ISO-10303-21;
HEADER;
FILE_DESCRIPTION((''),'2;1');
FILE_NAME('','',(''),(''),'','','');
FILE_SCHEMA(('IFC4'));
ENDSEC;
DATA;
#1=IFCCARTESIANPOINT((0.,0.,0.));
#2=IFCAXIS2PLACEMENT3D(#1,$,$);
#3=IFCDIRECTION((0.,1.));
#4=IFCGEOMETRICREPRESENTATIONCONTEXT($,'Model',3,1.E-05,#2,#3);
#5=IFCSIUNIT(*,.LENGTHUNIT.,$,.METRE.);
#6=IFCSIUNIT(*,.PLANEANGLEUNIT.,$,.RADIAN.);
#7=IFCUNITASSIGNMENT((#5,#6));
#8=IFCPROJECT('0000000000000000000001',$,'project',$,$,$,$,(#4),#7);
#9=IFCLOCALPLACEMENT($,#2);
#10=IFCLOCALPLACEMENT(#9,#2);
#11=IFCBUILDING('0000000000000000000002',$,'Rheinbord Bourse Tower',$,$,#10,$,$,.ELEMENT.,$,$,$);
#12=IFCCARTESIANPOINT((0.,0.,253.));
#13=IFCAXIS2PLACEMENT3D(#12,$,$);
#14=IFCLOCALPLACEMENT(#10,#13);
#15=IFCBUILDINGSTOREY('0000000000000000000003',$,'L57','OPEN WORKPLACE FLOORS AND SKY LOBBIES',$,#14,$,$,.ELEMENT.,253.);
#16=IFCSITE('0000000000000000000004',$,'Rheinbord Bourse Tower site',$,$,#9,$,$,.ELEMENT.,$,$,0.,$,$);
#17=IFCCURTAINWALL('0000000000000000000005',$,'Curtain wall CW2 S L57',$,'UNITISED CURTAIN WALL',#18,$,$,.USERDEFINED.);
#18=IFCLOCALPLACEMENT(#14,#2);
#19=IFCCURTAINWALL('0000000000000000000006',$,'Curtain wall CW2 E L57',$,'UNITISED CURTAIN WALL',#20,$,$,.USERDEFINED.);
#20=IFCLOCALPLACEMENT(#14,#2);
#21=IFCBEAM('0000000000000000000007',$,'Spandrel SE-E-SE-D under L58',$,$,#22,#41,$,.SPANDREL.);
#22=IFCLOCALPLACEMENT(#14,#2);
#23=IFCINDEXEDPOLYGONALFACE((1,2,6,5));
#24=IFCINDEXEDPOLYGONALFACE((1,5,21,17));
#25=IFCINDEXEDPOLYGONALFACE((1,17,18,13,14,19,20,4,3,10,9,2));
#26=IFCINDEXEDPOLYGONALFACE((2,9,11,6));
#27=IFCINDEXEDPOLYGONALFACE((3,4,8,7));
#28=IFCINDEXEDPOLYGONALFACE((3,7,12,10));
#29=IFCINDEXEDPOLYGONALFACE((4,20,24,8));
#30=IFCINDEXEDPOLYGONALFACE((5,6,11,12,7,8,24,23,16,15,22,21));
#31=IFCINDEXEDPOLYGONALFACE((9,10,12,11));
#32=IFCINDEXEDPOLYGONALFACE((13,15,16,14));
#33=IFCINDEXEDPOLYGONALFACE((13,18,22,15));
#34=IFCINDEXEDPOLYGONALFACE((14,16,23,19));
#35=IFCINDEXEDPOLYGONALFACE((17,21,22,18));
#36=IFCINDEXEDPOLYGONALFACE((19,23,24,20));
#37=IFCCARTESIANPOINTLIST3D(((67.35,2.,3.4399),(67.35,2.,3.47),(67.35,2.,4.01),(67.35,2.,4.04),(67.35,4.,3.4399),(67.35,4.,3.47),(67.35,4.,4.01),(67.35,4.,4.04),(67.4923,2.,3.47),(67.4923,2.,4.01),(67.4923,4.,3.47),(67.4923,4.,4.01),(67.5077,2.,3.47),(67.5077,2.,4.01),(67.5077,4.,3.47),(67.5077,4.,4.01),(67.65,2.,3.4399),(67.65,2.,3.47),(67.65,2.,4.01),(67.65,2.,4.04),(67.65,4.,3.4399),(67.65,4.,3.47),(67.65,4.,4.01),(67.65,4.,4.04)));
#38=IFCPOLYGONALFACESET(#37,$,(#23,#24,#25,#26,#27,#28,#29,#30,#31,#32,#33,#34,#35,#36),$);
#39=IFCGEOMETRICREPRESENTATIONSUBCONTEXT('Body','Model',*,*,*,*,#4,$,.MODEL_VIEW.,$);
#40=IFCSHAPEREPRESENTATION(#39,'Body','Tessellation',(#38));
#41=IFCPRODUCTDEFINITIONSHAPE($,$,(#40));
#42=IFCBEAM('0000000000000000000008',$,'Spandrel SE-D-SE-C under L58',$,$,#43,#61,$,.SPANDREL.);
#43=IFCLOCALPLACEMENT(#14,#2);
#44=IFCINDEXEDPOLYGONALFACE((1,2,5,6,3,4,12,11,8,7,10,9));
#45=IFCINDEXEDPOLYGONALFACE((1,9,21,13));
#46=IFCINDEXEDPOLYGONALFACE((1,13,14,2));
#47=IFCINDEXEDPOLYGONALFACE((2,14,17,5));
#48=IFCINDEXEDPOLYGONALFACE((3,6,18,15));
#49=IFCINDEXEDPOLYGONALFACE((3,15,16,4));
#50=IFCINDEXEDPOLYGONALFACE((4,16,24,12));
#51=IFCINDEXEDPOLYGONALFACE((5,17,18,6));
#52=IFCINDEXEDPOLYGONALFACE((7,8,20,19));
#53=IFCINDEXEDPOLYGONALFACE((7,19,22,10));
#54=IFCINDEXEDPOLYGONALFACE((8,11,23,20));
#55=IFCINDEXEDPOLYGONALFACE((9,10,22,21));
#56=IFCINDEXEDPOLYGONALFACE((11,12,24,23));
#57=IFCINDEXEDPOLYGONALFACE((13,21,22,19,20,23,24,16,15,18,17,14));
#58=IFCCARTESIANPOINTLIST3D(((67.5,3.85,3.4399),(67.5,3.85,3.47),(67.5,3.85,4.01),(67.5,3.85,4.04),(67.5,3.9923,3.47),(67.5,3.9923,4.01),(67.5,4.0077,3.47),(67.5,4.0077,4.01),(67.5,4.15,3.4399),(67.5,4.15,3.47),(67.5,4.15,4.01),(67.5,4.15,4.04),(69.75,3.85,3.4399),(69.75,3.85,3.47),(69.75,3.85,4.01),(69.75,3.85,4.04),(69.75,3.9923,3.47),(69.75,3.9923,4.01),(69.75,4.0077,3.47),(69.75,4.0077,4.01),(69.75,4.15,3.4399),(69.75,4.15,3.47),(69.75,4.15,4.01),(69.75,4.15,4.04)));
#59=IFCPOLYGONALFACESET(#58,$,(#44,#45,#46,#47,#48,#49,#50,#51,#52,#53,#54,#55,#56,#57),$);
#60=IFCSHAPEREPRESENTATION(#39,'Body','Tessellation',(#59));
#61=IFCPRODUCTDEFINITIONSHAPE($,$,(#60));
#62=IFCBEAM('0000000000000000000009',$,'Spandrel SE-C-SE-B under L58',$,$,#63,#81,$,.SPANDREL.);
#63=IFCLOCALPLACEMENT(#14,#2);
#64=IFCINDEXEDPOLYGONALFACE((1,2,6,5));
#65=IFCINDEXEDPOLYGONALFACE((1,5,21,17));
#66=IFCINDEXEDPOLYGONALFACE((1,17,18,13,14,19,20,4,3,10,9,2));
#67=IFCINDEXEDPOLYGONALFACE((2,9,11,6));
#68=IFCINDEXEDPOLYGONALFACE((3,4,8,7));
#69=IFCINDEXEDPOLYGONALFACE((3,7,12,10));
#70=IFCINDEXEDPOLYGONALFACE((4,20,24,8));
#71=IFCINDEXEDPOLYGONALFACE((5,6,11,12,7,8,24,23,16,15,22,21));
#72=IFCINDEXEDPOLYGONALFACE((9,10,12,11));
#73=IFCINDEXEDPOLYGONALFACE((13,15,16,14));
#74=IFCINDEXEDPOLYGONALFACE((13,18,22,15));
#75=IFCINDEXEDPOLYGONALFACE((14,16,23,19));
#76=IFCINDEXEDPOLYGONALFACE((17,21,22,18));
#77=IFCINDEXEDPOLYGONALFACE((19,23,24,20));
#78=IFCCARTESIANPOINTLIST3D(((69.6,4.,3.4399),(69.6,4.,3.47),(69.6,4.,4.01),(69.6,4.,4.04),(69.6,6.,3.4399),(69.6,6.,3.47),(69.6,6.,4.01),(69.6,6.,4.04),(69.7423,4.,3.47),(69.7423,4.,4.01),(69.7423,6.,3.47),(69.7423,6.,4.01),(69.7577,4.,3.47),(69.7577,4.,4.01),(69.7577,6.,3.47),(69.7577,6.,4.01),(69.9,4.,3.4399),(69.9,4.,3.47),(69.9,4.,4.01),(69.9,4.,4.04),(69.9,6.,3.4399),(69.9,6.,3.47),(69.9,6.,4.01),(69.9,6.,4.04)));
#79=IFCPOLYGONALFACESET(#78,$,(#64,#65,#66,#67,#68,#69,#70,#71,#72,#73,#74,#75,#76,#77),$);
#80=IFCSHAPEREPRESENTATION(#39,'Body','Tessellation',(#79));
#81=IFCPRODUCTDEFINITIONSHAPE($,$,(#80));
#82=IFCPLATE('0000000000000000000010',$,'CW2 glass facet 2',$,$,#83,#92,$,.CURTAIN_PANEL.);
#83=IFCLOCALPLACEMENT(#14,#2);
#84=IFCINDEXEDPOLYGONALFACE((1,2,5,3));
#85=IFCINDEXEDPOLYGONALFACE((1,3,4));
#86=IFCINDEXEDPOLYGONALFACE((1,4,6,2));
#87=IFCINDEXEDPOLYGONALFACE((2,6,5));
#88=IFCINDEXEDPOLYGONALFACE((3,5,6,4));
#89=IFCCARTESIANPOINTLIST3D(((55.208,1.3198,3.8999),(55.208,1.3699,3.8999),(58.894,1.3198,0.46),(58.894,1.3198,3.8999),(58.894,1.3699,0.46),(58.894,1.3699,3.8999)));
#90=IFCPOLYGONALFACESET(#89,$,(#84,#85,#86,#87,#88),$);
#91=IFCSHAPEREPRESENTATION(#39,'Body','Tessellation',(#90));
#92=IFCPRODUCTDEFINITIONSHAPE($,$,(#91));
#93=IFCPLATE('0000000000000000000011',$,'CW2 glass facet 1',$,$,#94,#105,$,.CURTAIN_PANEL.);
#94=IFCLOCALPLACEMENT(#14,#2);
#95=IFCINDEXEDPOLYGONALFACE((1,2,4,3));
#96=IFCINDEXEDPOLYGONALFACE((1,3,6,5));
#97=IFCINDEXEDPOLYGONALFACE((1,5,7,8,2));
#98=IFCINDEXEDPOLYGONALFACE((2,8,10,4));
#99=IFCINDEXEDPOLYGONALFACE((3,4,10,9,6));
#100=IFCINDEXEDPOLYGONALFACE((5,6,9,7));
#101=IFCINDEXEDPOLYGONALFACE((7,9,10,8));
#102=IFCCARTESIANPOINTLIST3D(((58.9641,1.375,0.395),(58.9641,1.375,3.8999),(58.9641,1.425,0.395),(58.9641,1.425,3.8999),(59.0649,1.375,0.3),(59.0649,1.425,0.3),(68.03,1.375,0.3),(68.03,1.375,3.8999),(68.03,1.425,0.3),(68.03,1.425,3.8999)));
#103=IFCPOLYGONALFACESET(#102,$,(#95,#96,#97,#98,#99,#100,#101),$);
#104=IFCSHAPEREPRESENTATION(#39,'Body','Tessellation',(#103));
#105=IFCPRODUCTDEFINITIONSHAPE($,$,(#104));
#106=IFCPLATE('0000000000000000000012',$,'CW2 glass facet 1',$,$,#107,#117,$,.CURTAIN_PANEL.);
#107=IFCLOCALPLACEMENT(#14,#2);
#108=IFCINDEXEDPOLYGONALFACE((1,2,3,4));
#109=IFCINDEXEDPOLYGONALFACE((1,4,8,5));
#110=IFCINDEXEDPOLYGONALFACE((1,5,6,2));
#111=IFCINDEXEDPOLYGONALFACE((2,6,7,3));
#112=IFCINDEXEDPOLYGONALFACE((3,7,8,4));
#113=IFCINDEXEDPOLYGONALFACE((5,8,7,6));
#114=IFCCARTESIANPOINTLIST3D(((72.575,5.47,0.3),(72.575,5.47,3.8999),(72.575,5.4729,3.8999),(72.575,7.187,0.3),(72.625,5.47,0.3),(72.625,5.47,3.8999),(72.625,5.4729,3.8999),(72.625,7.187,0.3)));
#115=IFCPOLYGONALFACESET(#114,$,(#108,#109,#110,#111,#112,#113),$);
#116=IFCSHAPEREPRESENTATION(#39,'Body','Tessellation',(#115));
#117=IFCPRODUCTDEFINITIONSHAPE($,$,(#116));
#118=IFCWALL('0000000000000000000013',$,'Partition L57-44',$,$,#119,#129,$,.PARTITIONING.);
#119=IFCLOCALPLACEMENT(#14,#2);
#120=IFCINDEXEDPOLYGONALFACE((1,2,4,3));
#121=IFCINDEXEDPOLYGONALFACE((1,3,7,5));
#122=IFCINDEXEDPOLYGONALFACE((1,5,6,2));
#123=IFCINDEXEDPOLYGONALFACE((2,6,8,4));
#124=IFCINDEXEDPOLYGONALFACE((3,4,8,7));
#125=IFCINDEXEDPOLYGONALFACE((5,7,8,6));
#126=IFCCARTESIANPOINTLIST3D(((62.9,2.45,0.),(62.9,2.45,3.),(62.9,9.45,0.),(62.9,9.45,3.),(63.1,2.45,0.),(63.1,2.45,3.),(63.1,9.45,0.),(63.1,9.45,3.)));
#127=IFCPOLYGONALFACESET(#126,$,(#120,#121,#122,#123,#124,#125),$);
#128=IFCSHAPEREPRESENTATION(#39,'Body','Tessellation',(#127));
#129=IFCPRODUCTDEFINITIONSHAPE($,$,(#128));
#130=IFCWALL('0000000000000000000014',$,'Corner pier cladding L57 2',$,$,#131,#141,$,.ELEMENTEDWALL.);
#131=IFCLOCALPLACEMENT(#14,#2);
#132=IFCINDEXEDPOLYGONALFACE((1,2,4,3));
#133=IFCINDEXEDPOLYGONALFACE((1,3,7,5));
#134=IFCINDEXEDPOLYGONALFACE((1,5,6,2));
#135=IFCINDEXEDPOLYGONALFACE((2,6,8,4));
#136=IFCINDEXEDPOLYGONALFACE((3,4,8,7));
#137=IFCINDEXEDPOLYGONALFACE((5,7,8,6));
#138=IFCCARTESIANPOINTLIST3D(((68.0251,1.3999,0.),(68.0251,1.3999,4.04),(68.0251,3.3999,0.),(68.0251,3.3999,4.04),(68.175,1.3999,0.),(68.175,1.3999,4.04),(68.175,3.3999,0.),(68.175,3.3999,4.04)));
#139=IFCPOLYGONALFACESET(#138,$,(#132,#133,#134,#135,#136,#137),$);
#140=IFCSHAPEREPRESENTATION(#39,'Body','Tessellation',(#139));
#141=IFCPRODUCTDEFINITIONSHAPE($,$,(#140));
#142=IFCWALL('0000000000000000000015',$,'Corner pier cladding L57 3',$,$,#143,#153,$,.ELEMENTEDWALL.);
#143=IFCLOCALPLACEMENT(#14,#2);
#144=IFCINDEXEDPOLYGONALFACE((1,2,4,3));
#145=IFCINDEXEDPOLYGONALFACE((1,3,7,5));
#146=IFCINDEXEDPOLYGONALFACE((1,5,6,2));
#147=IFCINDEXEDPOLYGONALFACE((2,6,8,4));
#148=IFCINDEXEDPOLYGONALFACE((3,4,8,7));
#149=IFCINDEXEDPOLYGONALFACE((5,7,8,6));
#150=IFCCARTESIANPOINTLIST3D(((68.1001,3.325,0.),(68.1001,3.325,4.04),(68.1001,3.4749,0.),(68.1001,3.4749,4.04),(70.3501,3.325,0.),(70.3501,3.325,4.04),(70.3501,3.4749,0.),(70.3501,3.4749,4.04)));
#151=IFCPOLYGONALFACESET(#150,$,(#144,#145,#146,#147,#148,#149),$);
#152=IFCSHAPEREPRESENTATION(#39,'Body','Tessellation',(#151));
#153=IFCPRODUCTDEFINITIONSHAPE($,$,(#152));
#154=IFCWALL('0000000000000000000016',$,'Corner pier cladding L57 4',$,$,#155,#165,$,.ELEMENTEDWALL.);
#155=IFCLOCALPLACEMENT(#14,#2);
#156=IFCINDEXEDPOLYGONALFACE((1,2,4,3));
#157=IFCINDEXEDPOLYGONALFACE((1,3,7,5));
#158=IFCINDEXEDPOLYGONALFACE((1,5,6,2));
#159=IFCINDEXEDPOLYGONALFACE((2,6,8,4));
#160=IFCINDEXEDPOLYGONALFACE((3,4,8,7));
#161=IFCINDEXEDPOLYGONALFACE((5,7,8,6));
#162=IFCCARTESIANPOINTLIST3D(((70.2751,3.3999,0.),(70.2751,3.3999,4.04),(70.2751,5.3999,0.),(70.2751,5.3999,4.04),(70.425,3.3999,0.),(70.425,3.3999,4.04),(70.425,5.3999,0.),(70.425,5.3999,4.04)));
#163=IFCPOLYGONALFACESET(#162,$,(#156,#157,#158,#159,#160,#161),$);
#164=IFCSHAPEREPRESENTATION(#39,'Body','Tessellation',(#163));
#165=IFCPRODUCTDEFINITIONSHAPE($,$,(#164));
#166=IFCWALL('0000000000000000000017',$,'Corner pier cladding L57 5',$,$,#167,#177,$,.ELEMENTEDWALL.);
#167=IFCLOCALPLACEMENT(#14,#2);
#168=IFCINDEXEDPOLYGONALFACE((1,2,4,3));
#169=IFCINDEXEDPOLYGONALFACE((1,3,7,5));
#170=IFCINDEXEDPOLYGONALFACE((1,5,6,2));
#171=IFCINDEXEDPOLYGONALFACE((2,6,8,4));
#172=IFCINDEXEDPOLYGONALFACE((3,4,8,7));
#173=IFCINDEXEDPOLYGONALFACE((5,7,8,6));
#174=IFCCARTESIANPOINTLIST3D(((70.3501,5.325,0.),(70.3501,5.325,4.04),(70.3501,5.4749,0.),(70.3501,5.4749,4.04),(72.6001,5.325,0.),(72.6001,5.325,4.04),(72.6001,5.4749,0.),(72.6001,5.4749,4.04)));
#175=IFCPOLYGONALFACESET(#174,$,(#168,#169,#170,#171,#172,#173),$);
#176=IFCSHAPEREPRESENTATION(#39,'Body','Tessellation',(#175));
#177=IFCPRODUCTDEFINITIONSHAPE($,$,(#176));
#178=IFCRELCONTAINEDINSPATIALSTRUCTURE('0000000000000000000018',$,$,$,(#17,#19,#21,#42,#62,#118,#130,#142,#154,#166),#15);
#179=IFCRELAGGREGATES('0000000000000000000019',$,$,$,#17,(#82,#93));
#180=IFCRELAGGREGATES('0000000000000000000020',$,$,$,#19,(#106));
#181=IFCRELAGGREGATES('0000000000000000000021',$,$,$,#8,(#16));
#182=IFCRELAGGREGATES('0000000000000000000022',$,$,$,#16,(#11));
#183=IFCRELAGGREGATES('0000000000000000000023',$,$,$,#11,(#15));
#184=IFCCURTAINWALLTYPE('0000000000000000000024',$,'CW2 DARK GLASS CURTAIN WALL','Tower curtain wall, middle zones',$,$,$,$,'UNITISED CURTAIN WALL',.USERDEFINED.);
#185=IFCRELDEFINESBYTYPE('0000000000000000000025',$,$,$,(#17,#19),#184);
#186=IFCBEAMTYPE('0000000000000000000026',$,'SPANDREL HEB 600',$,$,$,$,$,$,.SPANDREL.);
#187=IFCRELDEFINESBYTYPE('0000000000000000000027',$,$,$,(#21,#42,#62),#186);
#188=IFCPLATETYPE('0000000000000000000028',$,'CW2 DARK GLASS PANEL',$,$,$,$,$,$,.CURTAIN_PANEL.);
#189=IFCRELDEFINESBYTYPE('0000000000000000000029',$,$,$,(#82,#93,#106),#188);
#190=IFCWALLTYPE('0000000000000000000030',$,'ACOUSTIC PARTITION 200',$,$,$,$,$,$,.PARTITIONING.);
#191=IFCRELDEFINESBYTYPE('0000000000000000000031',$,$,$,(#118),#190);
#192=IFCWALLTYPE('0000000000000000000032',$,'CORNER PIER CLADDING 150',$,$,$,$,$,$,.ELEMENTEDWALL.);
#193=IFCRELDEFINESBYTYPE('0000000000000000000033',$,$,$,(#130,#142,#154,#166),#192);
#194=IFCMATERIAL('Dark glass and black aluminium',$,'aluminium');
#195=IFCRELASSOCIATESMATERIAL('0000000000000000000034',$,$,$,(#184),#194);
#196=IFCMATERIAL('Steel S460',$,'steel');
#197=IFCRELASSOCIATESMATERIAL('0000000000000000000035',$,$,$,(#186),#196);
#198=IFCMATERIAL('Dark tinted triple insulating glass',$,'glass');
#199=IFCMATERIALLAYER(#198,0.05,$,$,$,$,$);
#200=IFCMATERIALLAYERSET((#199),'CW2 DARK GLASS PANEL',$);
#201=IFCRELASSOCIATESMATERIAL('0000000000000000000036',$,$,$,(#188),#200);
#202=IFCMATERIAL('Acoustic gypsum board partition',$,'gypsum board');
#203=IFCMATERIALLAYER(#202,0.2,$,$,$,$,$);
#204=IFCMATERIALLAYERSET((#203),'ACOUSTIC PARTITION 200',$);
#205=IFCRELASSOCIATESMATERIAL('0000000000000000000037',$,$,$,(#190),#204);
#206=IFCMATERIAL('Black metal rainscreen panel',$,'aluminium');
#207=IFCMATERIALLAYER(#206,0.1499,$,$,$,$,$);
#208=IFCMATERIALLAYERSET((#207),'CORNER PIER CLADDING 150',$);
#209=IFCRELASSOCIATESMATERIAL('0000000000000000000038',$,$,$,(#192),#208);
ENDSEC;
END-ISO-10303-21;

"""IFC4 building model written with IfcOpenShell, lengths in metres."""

from ifc_helpers import new_model, si_unit, direction, frame, frame_2d, origin, origin_2d, place, context, subcontext, project, spatial, polyline, rectangle, i_section, outline, extrude, material, layer, layer_set, material_profile, profile_set, type_object, element, aggregate, save


model = new_model("IFC4")

# Units and contexts
model_context = context("Model", 3, precision=1e-05, world=origin(), true_north=direction((0.0, 1.0)))
body_context = subcontext(model_context, "Body", "Model", "MODEL_VIEW")
ifc_project = project(units=[si_unit("LENGTHUNIT", "METRE"), si_unit("PLANEANGLEUNIT", "RADIAN")], contexts=[model_context])

# Site, building, storey
site_placement = place(None, origin())
site = spatial("IfcSite", under=ifc_project, at=site_placement, Name="Rheinbord Bourse Tower site", CompositionType="ELEMENT", RefElevation=0.0)
building_placement = place(site_placement, origin())
building = spatial("IfcBuilding", under=site, at=building_placement, Name="Rheinbord Bourse Tower", CompositionType="ELEMENT")
storey_placement = place(building_placement, frame((0.0, 0.0, 253.0)))
storey = spatial("IfcBuildingStorey", under=building, at=storey_placement, Name="L57", Description="OPEN WORKPLACE FLOORS AND SKY LOBBIES", CompositionType="ELEMENT", Elevation=253.0)

# Curtain wall
ifc_material_1 = material(Name="Dark glass and black aluminium", Category="aluminium")
curtain_wall_type = type_object("IfcCurtainWallType", Name="CW2 DARK GLASS CURTAIN WALL", Description="Tower curtain wall, middle zones", ElementType="UNITISED CURTAIN WALL", PredefinedType="USERDEFINED", material=ifc_material_1)
curtain_wall_1_placement = place(storey_placement, origin())
curtain_wall_1 = element("IfcCurtainWall", 1, at=curtain_wall_1_placement, inside=storey, type_object=curtain_wall_type, Name="Curtain wall CW2 S L57", ObjectType="UNITISED CURTAIN WALL", PredefinedType="USERDEFINED")

# Curtain wall
curtain_wall_2_placement = place(storey_placement, origin())
curtain_wall_2 = element("IfcCurtainWall", 2, at=curtain_wall_2_placement, inside=storey, type_object=curtain_wall_type, Name="Curtain wall CW2 E L57", ObjectType="UNITISED CURTAIN WALL", PredefinedType="USERDEFINED")

# Beams
ifc_material_2 = material(Name="Steel S460", Category="steel")
ifc_material_profile_1 = material_profile(ifc_material_2, i_section(OverallWidth=0.3, OverallDepth=0.6001, WebThickness=0.0154, FlangeThickness=0.03, at=origin_2d()), Name="HEB 600")
ifc_profile_set_1 = profile_set([ifc_material_profile_1], Name="Steel S460")
beam_type_1 = type_object("IfcBeamType", Name="SPANDREL HEB 600", PredefinedType="SPANDREL", material=ifc_profile_set_1)
beam_1_placement = place(storey_placement, frame((67.5, 2.0, 3.74), z_axis=(0.0, 1.0, 0.0), x_axis=(-1.0, 0.0, 0.0)))
element("IfcBeam", 3, at=beam_1_placement, inside=storey, type_object=beam_type_1, Name="Spandrel SE-E-SE-D under L58", PredefinedType="SPANDREL", context=body_context, shape_type="SweptSolid", body=[
    extrude(i_section(OverallWidth=0.3, OverallDepth=0.6001, WebThickness=0.0154, FlangeThickness=0.03, at=origin_2d()), origin(), (0.0, 0.0, 1.0), 2.0),
])
beam_2_placement = place(storey_placement, frame((67.5, 4.0, 3.74), z_axis=(1.0, 0.0, 0.0), x_axis=(0.0, 1.0, 0.0)))
element("IfcBeam", 4, at=beam_2_placement, inside=storey, type_object=beam_type_1, Name="Spandrel SE-D-SE-C under L58", PredefinedType="SPANDREL", context=body_context, shape_type="SweptSolid", body=[
    extrude(i_section(OverallWidth=0.3, OverallDepth=0.6001, WebThickness=0.0154, FlangeThickness=0.03, at=origin_2d()), origin(), (0.0, 0.0, 1.0), 2.25),
])
beam_3_placement = place(storey_placement, frame((69.75, 4.0, 3.74), z_axis=(0.0, 1.0, 0.0), x_axis=(-1.0, 0.0, 0.0)))
element("IfcBeam", 5, at=beam_3_placement, inside=storey, type_object=beam_type_1, Name="Spandrel SE-C-SE-B under L58", PredefinedType="SPANDREL", context=body_context, shape_type="SweptSolid", body=[
    extrude(i_section(OverallWidth=0.3, OverallDepth=0.6001, WebThickness=0.0154, FlangeThickness=0.03, at=origin_2d()), origin(), (0.0, 0.0, 1.0), 2.0),
])

# Plates
ifc_material_3 = material(Name="Dark tinted triple insulating glass", Category="glass")
ifc_layer_1 = layer(ifc_material_3, 0.05)
ifc_layer_set_1 = layer_set([ifc_layer_1], Name="CW2 DARK GLASS PANEL")
plate_type = type_object("IfcPlateType", Name="CW2 DARK GLASS PANEL", PredefinedType="CURTAIN_PANEL", material=ifc_layer_set_1)
plate_1_placement = place(storey_placement, frame((58.894, 1.3198, 3.8999), z_axis=(0.0, 1.0, 0.0), x_axis=(0.0, 0.0, -1.0)))
plate_1 = element("IfcPlate", 6, at=plate_1_placement, type_object=plate_type, Name="CW2 glass facet 2", PredefinedType="CURTAIN_PANEL", context=body_context, shape_type="SweptSolid", body=[
    extrude(outline(polyline([(0.0, 0.0), (3.4399, 0.0), (0.0, 3.686), (0.0, 0.0)])), origin(), (0.0, 0.0, 1.0), 0.05),
])
plate_2_placement = place(storey_placement, frame((58.9641, 1.375, 3.8999), z_axis=(0.0, 1.0, 0.0), x_axis=(1.0, 0.0, 0.0)))
plate_2 = element("IfcPlate", 7, at=plate_2_placement, type_object=plate_type, Name="CW2 glass facet 1", PredefinedType="CURTAIN_PANEL", context=body_context, shape_type="SweptSolid", body=[
    extrude(outline(polyline([(0.0, 0.0), (9.0659, 0.0), (9.0659, 3.5999), (0.1008, 3.5999), (0.0, 3.5049), (0.0, 0.0)])), origin(), (0.0, 0.0, 1.0), 0.05),
])
aggregate(curtain_wall_1, [plate_1, plate_2])
plate_3_placement = place(storey_placement, frame((72.625, 5.47, 0.3), z_axis=(-1.0, 0.0, 0.0), x_axis=(0.0, 0.0, 1.0)))
plate_3 = element("IfcPlate", 8, at=plate_3_placement, type_object=plate_type, Name="CW2 glass facet 1", PredefinedType="CURTAIN_PANEL", context=body_context, shape_type="SweptSolid", body=[
    extrude(outline(polyline([(0.0, 0.0), (3.5999, 0.0), (3.5999, 0.0029), (0.0, 1.717), (0.0, 0.0)])), origin(), (0.0, 0.0, 1.0), 0.05),
])
aggregate(curtain_wall_2, [plate_3])

# Walls
ifc_material_4 = material(Name="Acoustic gypsum board partition", Category="gypsum board")
ifc_layer_2 = layer(ifc_material_4, 0.2)
ifc_layer_set_2 = layer_set([ifc_layer_2], Name="ACOUSTIC PARTITION 200")
wall_type_1 = type_object("IfcWallType", Name="ACOUSTIC PARTITION 200", PredefinedType="PARTITIONING", material=ifc_layer_set_2)
wall_1_placement = place(storey_placement, frame((63.0, 2.45, 0.0), z_axis=(0.0, 0.0, 1.0), x_axis=(0.0, 1.0, 0.0)))
element("IfcWall", 9, at=wall_1_placement, inside=storey, type_object=wall_type_1, Name="Partition L57-44", PredefinedType="PARTITIONING", context=body_context, shape_type="SweptSolid", body=[
    extrude(rectangle(XDim=7.0, YDim=0.2, at=frame_2d((3.5, 0.0))), origin(), (0.0, 0.0, 1.0), 3.0),
])
ifc_material_5 = material(Name="Black metal rainscreen panel", Category="aluminium")
ifc_layer_3 = layer(ifc_material_5, 0.1499)
ifc_layer_set_3 = layer_set([ifc_layer_3], Name="CORNER PIER CLADDING 150")
wall_type_2 = type_object("IfcWallType", Name="CORNER PIER CLADDING 150", PredefinedType="ELEMENTEDWALL", material=ifc_layer_set_3)
wall_2_placement = place(storey_placement, frame((68.1001, 1.3999, 0.0), z_axis=(0.0, 0.0, 1.0), x_axis=(0.0, 1.0, 0.0)))
element("IfcWall", 10, at=wall_2_placement, inside=storey, type_object=wall_type_2, Name="Corner pier cladding L57 2", PredefinedType="ELEMENTEDWALL", context=body_context, shape_type="SweptSolid", body=[
    extrude(rectangle(XDim=2.0, YDim=0.1499, at=frame_2d((1.0, 0.0))), origin(), (0.0, 0.0, 1.0), 4.04),
])
wall_3_placement = place(storey_placement, frame((68.1001, 3.3999, 0.0), z_axis=(0.0, 0.0, 1.0), x_axis=(1.0, 0.0, 0.0)))
element("IfcWall", 11, at=wall_3_placement, inside=storey, type_object=wall_type_2, Name="Corner pier cladding L57 3", PredefinedType="ELEMENTEDWALL", context=body_context, shape_type="SweptSolid", body=[
    extrude(rectangle(XDim=2.25, YDim=0.1499, at=frame_2d((1.125, 0.0))), origin(), (0.0, 0.0, 1.0), 4.04),
])
wall_4_placement = place(storey_placement, frame((70.3501, 3.3999, 0.0), z_axis=(0.0, 0.0, 1.0), x_axis=(0.0, 1.0, 0.0)))
element("IfcWall", 12, at=wall_4_placement, inside=storey, type_object=wall_type_2, Name="Corner pier cladding L57 4", PredefinedType="ELEMENTEDWALL", context=body_context, shape_type="SweptSolid", body=[
    extrude(rectangle(XDim=2.0, YDim=0.1499, at=frame_2d((1.0, 0.0))), origin(), (0.0, 0.0, 1.0), 4.04),
])
wall_5_placement = place(storey_placement, frame((70.3501, 5.3999, 0.0), z_axis=(0.0, 0.0, 1.0), x_axis=(1.0, 0.0, 0.0)))
element("IfcWall", 13, at=wall_5_placement, inside=storey, type_object=wall_type_2, Name="Corner pier cladding L57 5", PredefinedType="ELEMENTEDWALL", context=body_context, shape_type="SweptSolid", body=[
    extrude(rectangle(XDim=2.25, YDim=0.1499, at=frame_2d((1.125, 0.0))), origin(), (0.0, 0.0, 1.0), 4.04),
])

save(model, "model.ifc")
